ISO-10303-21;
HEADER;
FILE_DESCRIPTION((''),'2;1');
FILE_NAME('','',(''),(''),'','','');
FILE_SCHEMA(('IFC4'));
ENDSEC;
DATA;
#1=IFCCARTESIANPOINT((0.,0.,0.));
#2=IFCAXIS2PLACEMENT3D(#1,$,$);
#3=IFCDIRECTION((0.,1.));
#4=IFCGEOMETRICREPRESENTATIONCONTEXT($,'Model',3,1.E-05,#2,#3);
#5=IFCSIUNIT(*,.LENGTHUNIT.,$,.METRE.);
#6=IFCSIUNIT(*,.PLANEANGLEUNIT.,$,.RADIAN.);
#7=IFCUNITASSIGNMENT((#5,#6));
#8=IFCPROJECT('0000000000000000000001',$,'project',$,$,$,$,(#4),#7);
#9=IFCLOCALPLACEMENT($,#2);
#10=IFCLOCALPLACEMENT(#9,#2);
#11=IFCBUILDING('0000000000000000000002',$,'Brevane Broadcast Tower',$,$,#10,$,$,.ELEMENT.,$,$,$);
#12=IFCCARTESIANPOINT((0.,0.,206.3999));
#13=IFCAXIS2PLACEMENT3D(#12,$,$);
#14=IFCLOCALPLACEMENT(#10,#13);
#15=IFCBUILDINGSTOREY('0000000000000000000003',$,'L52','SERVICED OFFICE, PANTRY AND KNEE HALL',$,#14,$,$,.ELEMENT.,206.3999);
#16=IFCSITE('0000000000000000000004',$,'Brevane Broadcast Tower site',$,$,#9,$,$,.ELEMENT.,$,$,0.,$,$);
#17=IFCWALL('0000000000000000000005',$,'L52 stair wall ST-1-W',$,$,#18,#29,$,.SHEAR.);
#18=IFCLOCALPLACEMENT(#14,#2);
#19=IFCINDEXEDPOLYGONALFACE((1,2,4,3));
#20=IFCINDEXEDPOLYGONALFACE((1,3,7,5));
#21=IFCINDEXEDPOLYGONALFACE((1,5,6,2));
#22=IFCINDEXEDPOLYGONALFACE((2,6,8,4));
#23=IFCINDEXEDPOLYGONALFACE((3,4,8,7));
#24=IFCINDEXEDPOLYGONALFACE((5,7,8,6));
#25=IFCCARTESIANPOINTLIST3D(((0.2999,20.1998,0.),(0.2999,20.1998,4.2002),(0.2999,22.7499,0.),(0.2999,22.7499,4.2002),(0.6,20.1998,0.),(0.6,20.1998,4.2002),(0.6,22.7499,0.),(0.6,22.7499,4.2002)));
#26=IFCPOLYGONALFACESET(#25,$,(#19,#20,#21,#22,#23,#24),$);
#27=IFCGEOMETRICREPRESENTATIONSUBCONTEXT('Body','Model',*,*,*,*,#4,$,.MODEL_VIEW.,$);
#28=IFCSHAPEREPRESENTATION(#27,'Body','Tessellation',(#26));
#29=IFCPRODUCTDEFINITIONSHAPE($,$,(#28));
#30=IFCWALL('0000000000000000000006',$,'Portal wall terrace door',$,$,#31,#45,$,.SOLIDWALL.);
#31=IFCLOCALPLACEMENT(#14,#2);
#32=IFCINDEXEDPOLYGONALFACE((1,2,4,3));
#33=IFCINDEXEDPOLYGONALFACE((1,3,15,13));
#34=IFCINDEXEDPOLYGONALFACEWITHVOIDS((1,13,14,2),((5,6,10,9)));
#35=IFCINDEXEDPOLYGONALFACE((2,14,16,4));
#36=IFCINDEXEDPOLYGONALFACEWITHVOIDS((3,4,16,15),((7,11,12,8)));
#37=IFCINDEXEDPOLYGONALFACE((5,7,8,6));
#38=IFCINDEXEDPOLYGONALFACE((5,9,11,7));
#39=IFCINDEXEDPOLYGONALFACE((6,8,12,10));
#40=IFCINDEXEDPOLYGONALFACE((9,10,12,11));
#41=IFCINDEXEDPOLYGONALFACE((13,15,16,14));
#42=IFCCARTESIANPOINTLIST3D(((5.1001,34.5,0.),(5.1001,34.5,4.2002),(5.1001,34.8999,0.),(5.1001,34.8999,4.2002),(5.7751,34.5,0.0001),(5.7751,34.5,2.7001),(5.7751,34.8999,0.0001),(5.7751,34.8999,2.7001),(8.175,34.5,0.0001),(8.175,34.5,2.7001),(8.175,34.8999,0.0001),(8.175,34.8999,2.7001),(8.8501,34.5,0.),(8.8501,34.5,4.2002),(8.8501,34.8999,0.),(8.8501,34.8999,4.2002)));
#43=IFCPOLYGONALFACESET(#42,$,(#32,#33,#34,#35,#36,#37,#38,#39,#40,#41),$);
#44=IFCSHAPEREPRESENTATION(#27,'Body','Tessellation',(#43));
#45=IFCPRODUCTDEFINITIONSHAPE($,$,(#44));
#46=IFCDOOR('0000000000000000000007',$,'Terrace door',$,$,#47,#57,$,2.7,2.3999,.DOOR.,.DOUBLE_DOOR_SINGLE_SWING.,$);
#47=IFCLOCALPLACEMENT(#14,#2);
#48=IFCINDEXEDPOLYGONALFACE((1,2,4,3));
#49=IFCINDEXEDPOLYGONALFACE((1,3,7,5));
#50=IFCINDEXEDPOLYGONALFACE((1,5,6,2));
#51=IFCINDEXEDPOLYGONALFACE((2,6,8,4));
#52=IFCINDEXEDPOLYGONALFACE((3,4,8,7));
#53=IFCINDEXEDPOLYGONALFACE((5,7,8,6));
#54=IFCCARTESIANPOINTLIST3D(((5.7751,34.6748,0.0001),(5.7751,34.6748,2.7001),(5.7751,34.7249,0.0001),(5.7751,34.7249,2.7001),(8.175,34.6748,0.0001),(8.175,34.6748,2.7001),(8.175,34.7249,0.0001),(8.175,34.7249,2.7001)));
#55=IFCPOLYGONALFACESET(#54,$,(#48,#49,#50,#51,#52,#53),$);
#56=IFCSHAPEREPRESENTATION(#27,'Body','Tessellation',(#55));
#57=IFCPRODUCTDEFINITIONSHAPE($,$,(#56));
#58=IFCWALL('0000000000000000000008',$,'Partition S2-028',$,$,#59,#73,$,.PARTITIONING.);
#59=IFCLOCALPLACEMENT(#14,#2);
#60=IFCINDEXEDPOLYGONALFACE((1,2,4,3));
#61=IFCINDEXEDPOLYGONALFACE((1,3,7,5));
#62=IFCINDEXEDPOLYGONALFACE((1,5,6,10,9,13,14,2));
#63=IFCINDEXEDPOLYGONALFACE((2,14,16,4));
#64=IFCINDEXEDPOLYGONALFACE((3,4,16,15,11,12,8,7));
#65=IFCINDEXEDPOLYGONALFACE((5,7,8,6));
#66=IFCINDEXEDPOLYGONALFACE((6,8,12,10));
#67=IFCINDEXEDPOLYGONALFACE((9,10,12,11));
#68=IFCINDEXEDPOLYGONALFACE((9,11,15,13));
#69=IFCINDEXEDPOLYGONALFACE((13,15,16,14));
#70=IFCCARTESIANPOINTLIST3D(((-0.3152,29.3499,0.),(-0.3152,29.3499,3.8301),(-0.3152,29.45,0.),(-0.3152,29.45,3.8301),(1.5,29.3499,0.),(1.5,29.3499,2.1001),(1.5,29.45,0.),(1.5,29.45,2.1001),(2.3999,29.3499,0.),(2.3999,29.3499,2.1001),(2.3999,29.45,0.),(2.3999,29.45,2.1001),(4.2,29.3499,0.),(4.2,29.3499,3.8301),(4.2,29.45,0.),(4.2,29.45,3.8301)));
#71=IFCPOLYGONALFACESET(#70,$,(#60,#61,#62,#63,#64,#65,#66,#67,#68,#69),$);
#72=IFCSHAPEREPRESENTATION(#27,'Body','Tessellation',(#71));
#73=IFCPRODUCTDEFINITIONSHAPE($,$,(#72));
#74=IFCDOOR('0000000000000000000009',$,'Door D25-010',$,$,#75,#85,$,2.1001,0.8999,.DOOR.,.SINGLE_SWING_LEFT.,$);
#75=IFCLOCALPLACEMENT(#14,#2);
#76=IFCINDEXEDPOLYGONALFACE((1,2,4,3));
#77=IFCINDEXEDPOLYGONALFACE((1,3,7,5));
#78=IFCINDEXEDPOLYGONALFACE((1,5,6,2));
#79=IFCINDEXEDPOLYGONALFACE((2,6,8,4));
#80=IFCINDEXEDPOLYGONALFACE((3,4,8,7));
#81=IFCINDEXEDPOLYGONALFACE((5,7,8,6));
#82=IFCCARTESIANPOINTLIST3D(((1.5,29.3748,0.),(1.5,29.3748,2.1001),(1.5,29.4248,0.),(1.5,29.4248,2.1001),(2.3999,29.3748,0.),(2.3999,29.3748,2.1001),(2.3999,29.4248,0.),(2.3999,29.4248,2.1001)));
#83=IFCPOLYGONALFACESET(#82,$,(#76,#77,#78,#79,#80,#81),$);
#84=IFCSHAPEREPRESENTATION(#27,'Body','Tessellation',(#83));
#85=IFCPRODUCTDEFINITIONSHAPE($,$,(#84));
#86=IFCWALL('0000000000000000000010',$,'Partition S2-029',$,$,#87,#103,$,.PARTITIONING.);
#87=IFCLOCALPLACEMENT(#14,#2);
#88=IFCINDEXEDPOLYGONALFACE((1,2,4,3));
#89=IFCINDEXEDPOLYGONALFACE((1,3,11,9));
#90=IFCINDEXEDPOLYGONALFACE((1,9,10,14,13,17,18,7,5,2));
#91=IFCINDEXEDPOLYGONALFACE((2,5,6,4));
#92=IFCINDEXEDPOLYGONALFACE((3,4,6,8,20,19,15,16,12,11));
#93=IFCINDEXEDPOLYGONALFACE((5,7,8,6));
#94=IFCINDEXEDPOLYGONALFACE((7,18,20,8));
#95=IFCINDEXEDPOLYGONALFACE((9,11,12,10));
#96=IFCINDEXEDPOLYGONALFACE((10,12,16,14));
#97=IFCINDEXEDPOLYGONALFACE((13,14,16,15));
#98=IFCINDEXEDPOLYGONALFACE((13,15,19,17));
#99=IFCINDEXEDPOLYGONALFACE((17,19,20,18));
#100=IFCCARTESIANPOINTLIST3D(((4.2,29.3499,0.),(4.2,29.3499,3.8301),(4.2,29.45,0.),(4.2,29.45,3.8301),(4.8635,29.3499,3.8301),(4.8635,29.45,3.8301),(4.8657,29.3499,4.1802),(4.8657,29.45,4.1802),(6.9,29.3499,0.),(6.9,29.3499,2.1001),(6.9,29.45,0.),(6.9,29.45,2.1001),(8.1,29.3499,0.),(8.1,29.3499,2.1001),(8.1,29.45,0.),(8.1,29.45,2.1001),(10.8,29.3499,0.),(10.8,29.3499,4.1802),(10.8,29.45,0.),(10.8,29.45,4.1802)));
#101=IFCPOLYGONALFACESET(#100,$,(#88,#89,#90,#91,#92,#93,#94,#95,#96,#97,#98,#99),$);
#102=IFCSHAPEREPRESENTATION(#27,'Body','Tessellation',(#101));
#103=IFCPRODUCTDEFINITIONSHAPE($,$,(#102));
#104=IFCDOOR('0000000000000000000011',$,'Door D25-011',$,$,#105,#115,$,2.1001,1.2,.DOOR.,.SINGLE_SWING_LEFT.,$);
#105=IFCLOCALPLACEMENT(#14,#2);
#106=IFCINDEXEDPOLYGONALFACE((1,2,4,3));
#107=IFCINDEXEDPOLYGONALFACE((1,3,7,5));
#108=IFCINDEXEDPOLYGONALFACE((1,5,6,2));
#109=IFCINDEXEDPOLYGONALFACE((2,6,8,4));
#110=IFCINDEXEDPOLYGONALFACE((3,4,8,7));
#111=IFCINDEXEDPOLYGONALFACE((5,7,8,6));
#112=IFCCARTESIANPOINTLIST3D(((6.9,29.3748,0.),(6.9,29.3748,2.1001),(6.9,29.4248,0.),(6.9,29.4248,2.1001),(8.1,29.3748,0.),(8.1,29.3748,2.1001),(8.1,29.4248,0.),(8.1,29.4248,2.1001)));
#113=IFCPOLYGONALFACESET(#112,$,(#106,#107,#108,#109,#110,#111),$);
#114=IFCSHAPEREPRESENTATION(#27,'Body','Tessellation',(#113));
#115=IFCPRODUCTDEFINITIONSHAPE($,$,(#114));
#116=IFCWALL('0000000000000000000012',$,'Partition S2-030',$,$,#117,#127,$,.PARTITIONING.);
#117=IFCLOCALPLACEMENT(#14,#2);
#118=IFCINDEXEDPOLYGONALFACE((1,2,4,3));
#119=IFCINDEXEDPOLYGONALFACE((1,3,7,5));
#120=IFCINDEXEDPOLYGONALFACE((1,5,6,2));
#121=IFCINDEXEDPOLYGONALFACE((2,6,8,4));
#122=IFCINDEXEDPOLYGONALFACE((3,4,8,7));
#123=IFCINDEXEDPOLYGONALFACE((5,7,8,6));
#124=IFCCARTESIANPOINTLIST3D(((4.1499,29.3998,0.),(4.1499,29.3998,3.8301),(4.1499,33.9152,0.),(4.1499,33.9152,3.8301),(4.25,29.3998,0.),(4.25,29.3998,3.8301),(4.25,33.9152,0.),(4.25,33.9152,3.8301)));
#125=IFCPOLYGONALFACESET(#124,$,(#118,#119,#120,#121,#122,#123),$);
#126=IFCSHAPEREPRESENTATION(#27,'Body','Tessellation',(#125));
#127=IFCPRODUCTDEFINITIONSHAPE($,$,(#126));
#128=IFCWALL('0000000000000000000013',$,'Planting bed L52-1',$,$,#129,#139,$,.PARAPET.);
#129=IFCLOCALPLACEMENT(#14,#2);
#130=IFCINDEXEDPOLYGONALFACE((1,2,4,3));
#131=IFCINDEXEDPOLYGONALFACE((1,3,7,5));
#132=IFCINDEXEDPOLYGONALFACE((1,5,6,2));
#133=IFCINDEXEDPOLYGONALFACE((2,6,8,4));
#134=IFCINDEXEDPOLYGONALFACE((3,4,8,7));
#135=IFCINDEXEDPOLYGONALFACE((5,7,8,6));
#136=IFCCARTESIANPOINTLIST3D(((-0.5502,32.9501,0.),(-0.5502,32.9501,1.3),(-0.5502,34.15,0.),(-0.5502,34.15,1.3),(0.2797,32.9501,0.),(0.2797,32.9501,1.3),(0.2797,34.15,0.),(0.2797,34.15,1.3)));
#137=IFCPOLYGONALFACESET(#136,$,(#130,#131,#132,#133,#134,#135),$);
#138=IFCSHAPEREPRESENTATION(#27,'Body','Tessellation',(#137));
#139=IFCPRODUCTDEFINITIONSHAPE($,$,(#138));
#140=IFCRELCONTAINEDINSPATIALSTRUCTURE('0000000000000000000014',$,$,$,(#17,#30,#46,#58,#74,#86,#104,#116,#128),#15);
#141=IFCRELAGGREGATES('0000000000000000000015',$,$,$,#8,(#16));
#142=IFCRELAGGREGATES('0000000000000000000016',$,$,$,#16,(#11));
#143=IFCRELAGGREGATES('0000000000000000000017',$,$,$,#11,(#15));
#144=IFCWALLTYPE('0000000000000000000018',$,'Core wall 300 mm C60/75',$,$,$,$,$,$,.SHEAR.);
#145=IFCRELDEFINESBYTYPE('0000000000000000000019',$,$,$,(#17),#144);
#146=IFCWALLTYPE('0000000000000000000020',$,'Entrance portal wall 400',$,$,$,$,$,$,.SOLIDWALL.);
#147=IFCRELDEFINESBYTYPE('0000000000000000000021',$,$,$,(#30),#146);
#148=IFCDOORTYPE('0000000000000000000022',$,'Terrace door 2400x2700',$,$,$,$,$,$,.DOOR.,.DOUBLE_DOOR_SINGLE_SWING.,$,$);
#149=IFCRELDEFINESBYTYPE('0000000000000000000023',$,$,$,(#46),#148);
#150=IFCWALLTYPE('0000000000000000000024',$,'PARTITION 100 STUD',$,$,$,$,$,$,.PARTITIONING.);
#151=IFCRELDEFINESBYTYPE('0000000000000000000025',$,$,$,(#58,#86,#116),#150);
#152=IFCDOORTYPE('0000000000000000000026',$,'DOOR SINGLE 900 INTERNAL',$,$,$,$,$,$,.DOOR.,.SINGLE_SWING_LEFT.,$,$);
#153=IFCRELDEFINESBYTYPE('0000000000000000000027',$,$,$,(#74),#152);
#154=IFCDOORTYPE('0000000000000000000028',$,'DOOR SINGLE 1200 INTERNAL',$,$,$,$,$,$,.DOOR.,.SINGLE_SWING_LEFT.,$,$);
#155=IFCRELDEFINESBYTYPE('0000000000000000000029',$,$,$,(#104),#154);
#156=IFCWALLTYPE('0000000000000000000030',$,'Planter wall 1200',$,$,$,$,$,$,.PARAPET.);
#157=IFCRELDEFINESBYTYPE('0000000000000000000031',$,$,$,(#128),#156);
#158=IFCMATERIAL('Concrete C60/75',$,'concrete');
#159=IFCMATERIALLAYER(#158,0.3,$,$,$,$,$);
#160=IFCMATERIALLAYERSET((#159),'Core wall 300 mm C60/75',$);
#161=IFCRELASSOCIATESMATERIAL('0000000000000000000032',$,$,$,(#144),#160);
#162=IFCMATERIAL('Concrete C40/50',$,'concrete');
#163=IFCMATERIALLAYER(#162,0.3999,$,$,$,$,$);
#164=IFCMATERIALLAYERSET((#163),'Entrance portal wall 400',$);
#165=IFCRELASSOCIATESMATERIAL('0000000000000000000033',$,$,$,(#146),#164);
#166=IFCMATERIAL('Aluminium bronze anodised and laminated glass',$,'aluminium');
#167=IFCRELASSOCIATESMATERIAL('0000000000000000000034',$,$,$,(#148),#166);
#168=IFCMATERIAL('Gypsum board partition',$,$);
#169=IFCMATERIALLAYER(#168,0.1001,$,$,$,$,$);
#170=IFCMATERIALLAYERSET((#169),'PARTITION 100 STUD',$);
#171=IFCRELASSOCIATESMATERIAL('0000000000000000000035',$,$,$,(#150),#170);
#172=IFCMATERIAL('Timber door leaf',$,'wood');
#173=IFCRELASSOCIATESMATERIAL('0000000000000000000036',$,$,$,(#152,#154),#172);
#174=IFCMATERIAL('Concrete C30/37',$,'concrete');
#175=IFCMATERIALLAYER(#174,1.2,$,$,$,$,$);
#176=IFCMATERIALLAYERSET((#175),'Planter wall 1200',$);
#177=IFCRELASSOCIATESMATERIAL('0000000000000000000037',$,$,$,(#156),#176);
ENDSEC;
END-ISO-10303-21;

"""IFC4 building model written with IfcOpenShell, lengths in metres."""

from ifc_helpers import new_model, si_unit, direction, frame, frame_2d, origin, place, context, subcontext, project, spatial, polyline, rectangle, outline, extrude, material, layer, layer_set, type_object, element, fill, save


model = new_model("IFC4")

# Units and contexts
model_context = context("Model", 3, precision=1e-05, world=origin(), true_north=direction((0.0, 1.0)))
body_context = subcontext(model_context, "Body", "Model", "MODEL_VIEW")
ifc_project = project(units=[si_unit("LENGTHUNIT", "METRE"), si_unit("PLANEANGLEUNIT", "RADIAN")], contexts=[model_context])

# Site, building, storey
site_placement = place(None, origin())
site = spatial("IfcSite", under=ifc_project, at=site_placement, Name="Brevane Broadcast Tower site", CompositionType="ELEMENT", RefElevation=0.0)
building_placement = place(site_placement, origin())
building = spatial("IfcBuilding", under=site, at=building_placement, Name="Brevane Broadcast Tower", CompositionType="ELEMENT")
storey_placement = place(building_placement, frame((0.0, 0.0, 206.3999)))
storey = spatial("IfcBuildingStorey", under=building, at=storey_placement, Name="L52", Description="SERVICED OFFICE, PANTRY AND KNEE HALL", CompositionType="ELEMENT", Elevation=206.3999)

# Shared definitions
ifc_material_1 = material(Name="Concrete C60/75", Category="concrete")

# Shared definitions
ifc_material_2 = material(Name="Concrete C40/50", Category="concrete")

# Shared definitions
ifc_layer_1 = layer(ifc_material_1, 0.3)
ifc_layer_set_1 = layer_set([ifc_layer_1], Name="Core wall 300 mm C60/75")
wall_type_1 = type_object("IfcWallType", Name="Core wall 300 mm C60/75", PredefinedType="SHEAR", material=ifc_layer_set_1)

# Wall
wall_1_placement = place(storey_placement, frame((0.45, 20.2, 0.0), z_axis=(0.0, 0.0, 1.0), x_axis=(0.0, 1.0, 0.0)))
element("IfcWall", 1, at=wall_1_placement, inside=storey, type_object=wall_type_1, Name="L52 stair wall ST-1-W", PredefinedType="SHEAR", context=body_context, shape_type="SweptSolid", body=[
    extrude(rectangle(XDim=2.55, YDim=0.3, at=frame_2d((1.2749, 0.0))), origin(), (0.0, 0.0, 1.0), 4.2002),
])

# Walls, openings, doors
ifc_layer_2 = layer(ifc_material_2, 0.3999)
ifc_layer_set_2 = layer_set([ifc_layer_2], Name="Entrance portal wall 400")
wall_type_2 = type_object("IfcWallType", Name="Entrance portal wall 400", PredefinedType="SOLIDWALL", material=ifc_layer_set_2)
wall_2_placement = place(storey_placement, frame((5.1001, 34.7, 0.0), z_axis=(0.0, 0.0, 1.0), x_axis=(1.0, 0.0, 0.0)))
wall_2 = element("IfcWall", 2, at=wall_2_placement, inside=storey, type_object=wall_type_2, Name="Portal wall terrace door", PredefinedType="SOLIDWALL", context=body_context, shape_type="SweptSolid", body=[
    extrude(rectangle(XDim=3.75, YDim=0.3999, at=frame_2d((1.875, 0.0))), origin(), (0.0, 0.0, 1.0), 4.2002),
])
opening_1_placement = place(wall_2_placement, frame((0.675, 0.0, 0.0)))
opening_1 = element("IfcOpeningElement", 3, at=opening_1_placement, cuts=wall_2, PredefinedType="OPENING", context=body_context, shape_type="SweptSolid", body=[
    extrude(rectangle(XDim=2.3999, YDim=2.7, at=frame_2d((1.2, 1.3501))), frame((0.0, 0.21, 0.0), z_axis=(0.0, -1.0, 0.0), x_axis=(1.0, 0.0, 0.0)), (0.0, 0.0, 1.0), 0.4199),
])
ifc_material_3 = material(Name="Aluminium bronze anodised and laminated glass", Category="aluminium")
door_type_1 = type_object("IfcDoorType", Name="Terrace door 2400x2700", OperationType="DOUBLE_DOOR_SINGLE_SWING", PredefinedType="DOOR", material=ifc_material_3)
door_1_placement = place(opening_1_placement, origin())
door_1 = element("IfcDoor", 4, at=door_1_placement, inside=storey, type_object=door_type_1, Name="Terrace door", OperationType="DOUBLE_DOOR_SINGLE_SWING", OverallHeight=2.7, OverallWidth=2.3999, PredefinedType="DOOR", context=body_context, shape_type="SweptSolid", body=[
    extrude(rectangle(XDim=2.3999, YDim=2.7, at=frame_2d((1.2, 1.3501))), frame((0.0, 0.0249, 0.0), z_axis=(0.0, -1.0, 0.0), x_axis=(1.0, 0.0, 0.0)), (0.0, 0.0, 1.0), 0.05),
])
fill(opening_1, door_1)
ifc_material_4 = material(Name="Gypsum board partition")
ifc_layer_3 = layer(ifc_material_4, 0.1001)
ifc_layer_set_3 = layer_set([ifc_layer_3], Name="PARTITION 100 STUD")
wall_type_3 = type_object("IfcWallType", Name="PARTITION 100 STUD", PredefinedType="PARTITIONING", material=ifc_layer_set_3)
wall_3_placement = place(storey_placement, frame((-0.3152, 29.3999, 0.0), z_axis=(0.0, 0.0, 1.0), x_axis=(1.0, 0.0, 0.0)))
wall_3 = element("IfcWall", 5, at=wall_3_placement, inside=storey, type_object=wall_type_3, Name="Partition S2-028", PredefinedType="PARTITIONING", context=body_context, shape_type="SweptSolid", body=[
    extrude(rectangle(XDim=4.5151, YDim=0.1001, at=frame_2d((2.2576, 0.0))), origin(), (0.0, 0.0, 1.0), 3.8301),
])
opening_2_placement = place(wall_3_placement, frame((1.8152, 0.0, 0.0)))
opening_2 = element("IfcOpeningElement", 6, at=opening_2_placement, cuts=wall_3, PredefinedType="OPENING", context=body_context, shape_type="SweptSolid", body=[
    extrude(rectangle(XDim=0.8999, YDim=2.1001, at=frame_2d((0.45, 1.05))), frame((0.0, 0.0601, 0.0), z_axis=(0.0, -1.0, 0.0), x_axis=(1.0, 0.0, 0.0)), (0.0, 0.0, 1.0), 0.1201),
])
ifc_material_5 = material(Name="Timber door leaf", Category="wood")
door_type_2 = type_object("IfcDoorType", Name="DOOR SINGLE 900 INTERNAL", OperationType="SINGLE_SWING_LEFT", PredefinedType="DOOR", material=ifc_material_5)
door_2_placement = place(opening_2_placement, origin())
door_2 = element("IfcDoor", 7, at=door_2_placement, inside=storey, type_object=door_type_2, Name="Door D25-010", OperationType="SINGLE_SWING_LEFT", OverallHeight=2.1001, OverallWidth=0.8999, PredefinedType="DOOR", context=body_context, shape_type="SweptSolid", body=[
    extrude(rectangle(XDim=0.8999, YDim=2.1001, at=frame_2d((0.45, 1.05))), frame((0.0, 0.0249, 0.0), z_axis=(0.0, -1.0, 0.0), x_axis=(1.0, 0.0, 0.0)), (0.0, 0.0, 1.0), 0.05),
])
fill(opening_2, door_2)
wall_4_placement = place(storey_placement, frame((4.2, 29.3999, 0.0), z_axis=(0.0, 0.0, 1.0), x_axis=(1.0, 0.0, 0.0)))
wall_4 = element("IfcWall", 8, at=wall_4_placement, inside=storey, type_object=wall_type_3, Name="Partition S2-029", PredefinedType="PARTITIONING", context=body_context, shape_type="SweptSolid", body=[
    extrude(outline(polyline([(0.0, 0.0), (6.6001, 0.0), (6.6001, 4.1802), (0.6658, 4.1802), (0.6636, 3.8301), (0.0, 3.8301), (0.0, 0.0)])), frame((0.0, 0.05, 0.0), z_axis=(0.0, -1.0, 0.0), x_axis=(1.0, 0.0, 0.0)), (0.0, 0.0, 1.0), 0.1001),
])
opening_3_placement = place(wall_4_placement, frame((2.7, 0.0, 0.0)))
opening_3 = element("IfcOpeningElement", 9, at=opening_3_placement, cuts=wall_4, PredefinedType="OPENING", context=body_context, shape_type="SweptSolid", body=[
    extrude(rectangle(XDim=1.2, YDim=2.1001, at=frame_2d((0.6001, 1.05))), frame((0.0, 0.0601, 0.0), z_axis=(0.0, -1.0, 0.0), x_axis=(1.0, 0.0, 0.0)), (0.0, 0.0, 1.0), 0.1201),
])
door_type_3 = type_object("IfcDoorType", Name="DOOR SINGLE 1200 INTERNAL", OperationType="SINGLE_SWING_LEFT", PredefinedType="DOOR", material=ifc_material_5)
door_3_placement = place(opening_3_placement, origin())
door_3 = element("IfcDoor", 10, at=door_3_placement, inside=storey, type_object=door_type_3, Name="Door D25-011", OperationType="SINGLE_SWING_LEFT", OverallHeight=2.1001, OverallWidth=1.2, PredefinedType="DOOR", context=body_context, shape_type="SweptSolid", body=[
    extrude(rectangle(XDim=1.2, YDim=2.1001, at=frame_2d((0.6001, 1.05))), frame((0.0, 0.0249, 0.0), z_axis=(0.0, -1.0, 0.0), x_axis=(1.0, 0.0, 0.0)), (0.0, 0.0, 1.0), 0.05),
])
fill(opening_3, door_3)

# Walls
wall_5_placement = place(storey_placement, frame((4.2, 33.9153, 0.0), z_axis=(0.0, 0.0, 1.0), x_axis=(0.0, -1.0, 0.0)))
element("IfcWall", 11, at=wall_5_placement, inside=storey, type_object=wall_type_3, Name="Partition S2-030", PredefinedType="PARTITIONING", context=body_context, shape_type="SweptSolid", body=[
    extrude(rectangle(XDim=4.5154, YDim=0.1001, at=frame_2d((2.2578, 0.0))), origin(), (0.0, 0.0, 1.0), 3.8301),
])
ifc_material_6 = material(Name="Concrete C30/37", Category="concrete")
ifc_layer_4 = layer(ifc_material_6, 1.2)
ifc_layer_set_4 = layer_set([ifc_layer_4], Name="Planter wall 1200")
wall_type_4 = type_object("IfcWallType", Name="Planter wall 1200", PredefinedType="PARAPET", material=ifc_layer_set_4)
wall_6_placement = place(storey_placement, frame((0.2798, 33.55, 0.0), z_axis=(0.0, 0.0, 1.0), x_axis=(-1.0, 0.0, 0.0)))
element("IfcWall", 12, at=wall_6_placement, inside=storey, type_object=wall_type_4, Name="Planting bed L52-1", PredefinedType="PARAPET", context=body_context, shape_type="SweptSolid", body=[
    extrude(rectangle(XDim=0.8298, YDim=1.2, at=frame_2d((0.415, 0.0))), origin(), (0.0, 0.0, 1.0), 1.3),
])

save(model, "model.ifc")
